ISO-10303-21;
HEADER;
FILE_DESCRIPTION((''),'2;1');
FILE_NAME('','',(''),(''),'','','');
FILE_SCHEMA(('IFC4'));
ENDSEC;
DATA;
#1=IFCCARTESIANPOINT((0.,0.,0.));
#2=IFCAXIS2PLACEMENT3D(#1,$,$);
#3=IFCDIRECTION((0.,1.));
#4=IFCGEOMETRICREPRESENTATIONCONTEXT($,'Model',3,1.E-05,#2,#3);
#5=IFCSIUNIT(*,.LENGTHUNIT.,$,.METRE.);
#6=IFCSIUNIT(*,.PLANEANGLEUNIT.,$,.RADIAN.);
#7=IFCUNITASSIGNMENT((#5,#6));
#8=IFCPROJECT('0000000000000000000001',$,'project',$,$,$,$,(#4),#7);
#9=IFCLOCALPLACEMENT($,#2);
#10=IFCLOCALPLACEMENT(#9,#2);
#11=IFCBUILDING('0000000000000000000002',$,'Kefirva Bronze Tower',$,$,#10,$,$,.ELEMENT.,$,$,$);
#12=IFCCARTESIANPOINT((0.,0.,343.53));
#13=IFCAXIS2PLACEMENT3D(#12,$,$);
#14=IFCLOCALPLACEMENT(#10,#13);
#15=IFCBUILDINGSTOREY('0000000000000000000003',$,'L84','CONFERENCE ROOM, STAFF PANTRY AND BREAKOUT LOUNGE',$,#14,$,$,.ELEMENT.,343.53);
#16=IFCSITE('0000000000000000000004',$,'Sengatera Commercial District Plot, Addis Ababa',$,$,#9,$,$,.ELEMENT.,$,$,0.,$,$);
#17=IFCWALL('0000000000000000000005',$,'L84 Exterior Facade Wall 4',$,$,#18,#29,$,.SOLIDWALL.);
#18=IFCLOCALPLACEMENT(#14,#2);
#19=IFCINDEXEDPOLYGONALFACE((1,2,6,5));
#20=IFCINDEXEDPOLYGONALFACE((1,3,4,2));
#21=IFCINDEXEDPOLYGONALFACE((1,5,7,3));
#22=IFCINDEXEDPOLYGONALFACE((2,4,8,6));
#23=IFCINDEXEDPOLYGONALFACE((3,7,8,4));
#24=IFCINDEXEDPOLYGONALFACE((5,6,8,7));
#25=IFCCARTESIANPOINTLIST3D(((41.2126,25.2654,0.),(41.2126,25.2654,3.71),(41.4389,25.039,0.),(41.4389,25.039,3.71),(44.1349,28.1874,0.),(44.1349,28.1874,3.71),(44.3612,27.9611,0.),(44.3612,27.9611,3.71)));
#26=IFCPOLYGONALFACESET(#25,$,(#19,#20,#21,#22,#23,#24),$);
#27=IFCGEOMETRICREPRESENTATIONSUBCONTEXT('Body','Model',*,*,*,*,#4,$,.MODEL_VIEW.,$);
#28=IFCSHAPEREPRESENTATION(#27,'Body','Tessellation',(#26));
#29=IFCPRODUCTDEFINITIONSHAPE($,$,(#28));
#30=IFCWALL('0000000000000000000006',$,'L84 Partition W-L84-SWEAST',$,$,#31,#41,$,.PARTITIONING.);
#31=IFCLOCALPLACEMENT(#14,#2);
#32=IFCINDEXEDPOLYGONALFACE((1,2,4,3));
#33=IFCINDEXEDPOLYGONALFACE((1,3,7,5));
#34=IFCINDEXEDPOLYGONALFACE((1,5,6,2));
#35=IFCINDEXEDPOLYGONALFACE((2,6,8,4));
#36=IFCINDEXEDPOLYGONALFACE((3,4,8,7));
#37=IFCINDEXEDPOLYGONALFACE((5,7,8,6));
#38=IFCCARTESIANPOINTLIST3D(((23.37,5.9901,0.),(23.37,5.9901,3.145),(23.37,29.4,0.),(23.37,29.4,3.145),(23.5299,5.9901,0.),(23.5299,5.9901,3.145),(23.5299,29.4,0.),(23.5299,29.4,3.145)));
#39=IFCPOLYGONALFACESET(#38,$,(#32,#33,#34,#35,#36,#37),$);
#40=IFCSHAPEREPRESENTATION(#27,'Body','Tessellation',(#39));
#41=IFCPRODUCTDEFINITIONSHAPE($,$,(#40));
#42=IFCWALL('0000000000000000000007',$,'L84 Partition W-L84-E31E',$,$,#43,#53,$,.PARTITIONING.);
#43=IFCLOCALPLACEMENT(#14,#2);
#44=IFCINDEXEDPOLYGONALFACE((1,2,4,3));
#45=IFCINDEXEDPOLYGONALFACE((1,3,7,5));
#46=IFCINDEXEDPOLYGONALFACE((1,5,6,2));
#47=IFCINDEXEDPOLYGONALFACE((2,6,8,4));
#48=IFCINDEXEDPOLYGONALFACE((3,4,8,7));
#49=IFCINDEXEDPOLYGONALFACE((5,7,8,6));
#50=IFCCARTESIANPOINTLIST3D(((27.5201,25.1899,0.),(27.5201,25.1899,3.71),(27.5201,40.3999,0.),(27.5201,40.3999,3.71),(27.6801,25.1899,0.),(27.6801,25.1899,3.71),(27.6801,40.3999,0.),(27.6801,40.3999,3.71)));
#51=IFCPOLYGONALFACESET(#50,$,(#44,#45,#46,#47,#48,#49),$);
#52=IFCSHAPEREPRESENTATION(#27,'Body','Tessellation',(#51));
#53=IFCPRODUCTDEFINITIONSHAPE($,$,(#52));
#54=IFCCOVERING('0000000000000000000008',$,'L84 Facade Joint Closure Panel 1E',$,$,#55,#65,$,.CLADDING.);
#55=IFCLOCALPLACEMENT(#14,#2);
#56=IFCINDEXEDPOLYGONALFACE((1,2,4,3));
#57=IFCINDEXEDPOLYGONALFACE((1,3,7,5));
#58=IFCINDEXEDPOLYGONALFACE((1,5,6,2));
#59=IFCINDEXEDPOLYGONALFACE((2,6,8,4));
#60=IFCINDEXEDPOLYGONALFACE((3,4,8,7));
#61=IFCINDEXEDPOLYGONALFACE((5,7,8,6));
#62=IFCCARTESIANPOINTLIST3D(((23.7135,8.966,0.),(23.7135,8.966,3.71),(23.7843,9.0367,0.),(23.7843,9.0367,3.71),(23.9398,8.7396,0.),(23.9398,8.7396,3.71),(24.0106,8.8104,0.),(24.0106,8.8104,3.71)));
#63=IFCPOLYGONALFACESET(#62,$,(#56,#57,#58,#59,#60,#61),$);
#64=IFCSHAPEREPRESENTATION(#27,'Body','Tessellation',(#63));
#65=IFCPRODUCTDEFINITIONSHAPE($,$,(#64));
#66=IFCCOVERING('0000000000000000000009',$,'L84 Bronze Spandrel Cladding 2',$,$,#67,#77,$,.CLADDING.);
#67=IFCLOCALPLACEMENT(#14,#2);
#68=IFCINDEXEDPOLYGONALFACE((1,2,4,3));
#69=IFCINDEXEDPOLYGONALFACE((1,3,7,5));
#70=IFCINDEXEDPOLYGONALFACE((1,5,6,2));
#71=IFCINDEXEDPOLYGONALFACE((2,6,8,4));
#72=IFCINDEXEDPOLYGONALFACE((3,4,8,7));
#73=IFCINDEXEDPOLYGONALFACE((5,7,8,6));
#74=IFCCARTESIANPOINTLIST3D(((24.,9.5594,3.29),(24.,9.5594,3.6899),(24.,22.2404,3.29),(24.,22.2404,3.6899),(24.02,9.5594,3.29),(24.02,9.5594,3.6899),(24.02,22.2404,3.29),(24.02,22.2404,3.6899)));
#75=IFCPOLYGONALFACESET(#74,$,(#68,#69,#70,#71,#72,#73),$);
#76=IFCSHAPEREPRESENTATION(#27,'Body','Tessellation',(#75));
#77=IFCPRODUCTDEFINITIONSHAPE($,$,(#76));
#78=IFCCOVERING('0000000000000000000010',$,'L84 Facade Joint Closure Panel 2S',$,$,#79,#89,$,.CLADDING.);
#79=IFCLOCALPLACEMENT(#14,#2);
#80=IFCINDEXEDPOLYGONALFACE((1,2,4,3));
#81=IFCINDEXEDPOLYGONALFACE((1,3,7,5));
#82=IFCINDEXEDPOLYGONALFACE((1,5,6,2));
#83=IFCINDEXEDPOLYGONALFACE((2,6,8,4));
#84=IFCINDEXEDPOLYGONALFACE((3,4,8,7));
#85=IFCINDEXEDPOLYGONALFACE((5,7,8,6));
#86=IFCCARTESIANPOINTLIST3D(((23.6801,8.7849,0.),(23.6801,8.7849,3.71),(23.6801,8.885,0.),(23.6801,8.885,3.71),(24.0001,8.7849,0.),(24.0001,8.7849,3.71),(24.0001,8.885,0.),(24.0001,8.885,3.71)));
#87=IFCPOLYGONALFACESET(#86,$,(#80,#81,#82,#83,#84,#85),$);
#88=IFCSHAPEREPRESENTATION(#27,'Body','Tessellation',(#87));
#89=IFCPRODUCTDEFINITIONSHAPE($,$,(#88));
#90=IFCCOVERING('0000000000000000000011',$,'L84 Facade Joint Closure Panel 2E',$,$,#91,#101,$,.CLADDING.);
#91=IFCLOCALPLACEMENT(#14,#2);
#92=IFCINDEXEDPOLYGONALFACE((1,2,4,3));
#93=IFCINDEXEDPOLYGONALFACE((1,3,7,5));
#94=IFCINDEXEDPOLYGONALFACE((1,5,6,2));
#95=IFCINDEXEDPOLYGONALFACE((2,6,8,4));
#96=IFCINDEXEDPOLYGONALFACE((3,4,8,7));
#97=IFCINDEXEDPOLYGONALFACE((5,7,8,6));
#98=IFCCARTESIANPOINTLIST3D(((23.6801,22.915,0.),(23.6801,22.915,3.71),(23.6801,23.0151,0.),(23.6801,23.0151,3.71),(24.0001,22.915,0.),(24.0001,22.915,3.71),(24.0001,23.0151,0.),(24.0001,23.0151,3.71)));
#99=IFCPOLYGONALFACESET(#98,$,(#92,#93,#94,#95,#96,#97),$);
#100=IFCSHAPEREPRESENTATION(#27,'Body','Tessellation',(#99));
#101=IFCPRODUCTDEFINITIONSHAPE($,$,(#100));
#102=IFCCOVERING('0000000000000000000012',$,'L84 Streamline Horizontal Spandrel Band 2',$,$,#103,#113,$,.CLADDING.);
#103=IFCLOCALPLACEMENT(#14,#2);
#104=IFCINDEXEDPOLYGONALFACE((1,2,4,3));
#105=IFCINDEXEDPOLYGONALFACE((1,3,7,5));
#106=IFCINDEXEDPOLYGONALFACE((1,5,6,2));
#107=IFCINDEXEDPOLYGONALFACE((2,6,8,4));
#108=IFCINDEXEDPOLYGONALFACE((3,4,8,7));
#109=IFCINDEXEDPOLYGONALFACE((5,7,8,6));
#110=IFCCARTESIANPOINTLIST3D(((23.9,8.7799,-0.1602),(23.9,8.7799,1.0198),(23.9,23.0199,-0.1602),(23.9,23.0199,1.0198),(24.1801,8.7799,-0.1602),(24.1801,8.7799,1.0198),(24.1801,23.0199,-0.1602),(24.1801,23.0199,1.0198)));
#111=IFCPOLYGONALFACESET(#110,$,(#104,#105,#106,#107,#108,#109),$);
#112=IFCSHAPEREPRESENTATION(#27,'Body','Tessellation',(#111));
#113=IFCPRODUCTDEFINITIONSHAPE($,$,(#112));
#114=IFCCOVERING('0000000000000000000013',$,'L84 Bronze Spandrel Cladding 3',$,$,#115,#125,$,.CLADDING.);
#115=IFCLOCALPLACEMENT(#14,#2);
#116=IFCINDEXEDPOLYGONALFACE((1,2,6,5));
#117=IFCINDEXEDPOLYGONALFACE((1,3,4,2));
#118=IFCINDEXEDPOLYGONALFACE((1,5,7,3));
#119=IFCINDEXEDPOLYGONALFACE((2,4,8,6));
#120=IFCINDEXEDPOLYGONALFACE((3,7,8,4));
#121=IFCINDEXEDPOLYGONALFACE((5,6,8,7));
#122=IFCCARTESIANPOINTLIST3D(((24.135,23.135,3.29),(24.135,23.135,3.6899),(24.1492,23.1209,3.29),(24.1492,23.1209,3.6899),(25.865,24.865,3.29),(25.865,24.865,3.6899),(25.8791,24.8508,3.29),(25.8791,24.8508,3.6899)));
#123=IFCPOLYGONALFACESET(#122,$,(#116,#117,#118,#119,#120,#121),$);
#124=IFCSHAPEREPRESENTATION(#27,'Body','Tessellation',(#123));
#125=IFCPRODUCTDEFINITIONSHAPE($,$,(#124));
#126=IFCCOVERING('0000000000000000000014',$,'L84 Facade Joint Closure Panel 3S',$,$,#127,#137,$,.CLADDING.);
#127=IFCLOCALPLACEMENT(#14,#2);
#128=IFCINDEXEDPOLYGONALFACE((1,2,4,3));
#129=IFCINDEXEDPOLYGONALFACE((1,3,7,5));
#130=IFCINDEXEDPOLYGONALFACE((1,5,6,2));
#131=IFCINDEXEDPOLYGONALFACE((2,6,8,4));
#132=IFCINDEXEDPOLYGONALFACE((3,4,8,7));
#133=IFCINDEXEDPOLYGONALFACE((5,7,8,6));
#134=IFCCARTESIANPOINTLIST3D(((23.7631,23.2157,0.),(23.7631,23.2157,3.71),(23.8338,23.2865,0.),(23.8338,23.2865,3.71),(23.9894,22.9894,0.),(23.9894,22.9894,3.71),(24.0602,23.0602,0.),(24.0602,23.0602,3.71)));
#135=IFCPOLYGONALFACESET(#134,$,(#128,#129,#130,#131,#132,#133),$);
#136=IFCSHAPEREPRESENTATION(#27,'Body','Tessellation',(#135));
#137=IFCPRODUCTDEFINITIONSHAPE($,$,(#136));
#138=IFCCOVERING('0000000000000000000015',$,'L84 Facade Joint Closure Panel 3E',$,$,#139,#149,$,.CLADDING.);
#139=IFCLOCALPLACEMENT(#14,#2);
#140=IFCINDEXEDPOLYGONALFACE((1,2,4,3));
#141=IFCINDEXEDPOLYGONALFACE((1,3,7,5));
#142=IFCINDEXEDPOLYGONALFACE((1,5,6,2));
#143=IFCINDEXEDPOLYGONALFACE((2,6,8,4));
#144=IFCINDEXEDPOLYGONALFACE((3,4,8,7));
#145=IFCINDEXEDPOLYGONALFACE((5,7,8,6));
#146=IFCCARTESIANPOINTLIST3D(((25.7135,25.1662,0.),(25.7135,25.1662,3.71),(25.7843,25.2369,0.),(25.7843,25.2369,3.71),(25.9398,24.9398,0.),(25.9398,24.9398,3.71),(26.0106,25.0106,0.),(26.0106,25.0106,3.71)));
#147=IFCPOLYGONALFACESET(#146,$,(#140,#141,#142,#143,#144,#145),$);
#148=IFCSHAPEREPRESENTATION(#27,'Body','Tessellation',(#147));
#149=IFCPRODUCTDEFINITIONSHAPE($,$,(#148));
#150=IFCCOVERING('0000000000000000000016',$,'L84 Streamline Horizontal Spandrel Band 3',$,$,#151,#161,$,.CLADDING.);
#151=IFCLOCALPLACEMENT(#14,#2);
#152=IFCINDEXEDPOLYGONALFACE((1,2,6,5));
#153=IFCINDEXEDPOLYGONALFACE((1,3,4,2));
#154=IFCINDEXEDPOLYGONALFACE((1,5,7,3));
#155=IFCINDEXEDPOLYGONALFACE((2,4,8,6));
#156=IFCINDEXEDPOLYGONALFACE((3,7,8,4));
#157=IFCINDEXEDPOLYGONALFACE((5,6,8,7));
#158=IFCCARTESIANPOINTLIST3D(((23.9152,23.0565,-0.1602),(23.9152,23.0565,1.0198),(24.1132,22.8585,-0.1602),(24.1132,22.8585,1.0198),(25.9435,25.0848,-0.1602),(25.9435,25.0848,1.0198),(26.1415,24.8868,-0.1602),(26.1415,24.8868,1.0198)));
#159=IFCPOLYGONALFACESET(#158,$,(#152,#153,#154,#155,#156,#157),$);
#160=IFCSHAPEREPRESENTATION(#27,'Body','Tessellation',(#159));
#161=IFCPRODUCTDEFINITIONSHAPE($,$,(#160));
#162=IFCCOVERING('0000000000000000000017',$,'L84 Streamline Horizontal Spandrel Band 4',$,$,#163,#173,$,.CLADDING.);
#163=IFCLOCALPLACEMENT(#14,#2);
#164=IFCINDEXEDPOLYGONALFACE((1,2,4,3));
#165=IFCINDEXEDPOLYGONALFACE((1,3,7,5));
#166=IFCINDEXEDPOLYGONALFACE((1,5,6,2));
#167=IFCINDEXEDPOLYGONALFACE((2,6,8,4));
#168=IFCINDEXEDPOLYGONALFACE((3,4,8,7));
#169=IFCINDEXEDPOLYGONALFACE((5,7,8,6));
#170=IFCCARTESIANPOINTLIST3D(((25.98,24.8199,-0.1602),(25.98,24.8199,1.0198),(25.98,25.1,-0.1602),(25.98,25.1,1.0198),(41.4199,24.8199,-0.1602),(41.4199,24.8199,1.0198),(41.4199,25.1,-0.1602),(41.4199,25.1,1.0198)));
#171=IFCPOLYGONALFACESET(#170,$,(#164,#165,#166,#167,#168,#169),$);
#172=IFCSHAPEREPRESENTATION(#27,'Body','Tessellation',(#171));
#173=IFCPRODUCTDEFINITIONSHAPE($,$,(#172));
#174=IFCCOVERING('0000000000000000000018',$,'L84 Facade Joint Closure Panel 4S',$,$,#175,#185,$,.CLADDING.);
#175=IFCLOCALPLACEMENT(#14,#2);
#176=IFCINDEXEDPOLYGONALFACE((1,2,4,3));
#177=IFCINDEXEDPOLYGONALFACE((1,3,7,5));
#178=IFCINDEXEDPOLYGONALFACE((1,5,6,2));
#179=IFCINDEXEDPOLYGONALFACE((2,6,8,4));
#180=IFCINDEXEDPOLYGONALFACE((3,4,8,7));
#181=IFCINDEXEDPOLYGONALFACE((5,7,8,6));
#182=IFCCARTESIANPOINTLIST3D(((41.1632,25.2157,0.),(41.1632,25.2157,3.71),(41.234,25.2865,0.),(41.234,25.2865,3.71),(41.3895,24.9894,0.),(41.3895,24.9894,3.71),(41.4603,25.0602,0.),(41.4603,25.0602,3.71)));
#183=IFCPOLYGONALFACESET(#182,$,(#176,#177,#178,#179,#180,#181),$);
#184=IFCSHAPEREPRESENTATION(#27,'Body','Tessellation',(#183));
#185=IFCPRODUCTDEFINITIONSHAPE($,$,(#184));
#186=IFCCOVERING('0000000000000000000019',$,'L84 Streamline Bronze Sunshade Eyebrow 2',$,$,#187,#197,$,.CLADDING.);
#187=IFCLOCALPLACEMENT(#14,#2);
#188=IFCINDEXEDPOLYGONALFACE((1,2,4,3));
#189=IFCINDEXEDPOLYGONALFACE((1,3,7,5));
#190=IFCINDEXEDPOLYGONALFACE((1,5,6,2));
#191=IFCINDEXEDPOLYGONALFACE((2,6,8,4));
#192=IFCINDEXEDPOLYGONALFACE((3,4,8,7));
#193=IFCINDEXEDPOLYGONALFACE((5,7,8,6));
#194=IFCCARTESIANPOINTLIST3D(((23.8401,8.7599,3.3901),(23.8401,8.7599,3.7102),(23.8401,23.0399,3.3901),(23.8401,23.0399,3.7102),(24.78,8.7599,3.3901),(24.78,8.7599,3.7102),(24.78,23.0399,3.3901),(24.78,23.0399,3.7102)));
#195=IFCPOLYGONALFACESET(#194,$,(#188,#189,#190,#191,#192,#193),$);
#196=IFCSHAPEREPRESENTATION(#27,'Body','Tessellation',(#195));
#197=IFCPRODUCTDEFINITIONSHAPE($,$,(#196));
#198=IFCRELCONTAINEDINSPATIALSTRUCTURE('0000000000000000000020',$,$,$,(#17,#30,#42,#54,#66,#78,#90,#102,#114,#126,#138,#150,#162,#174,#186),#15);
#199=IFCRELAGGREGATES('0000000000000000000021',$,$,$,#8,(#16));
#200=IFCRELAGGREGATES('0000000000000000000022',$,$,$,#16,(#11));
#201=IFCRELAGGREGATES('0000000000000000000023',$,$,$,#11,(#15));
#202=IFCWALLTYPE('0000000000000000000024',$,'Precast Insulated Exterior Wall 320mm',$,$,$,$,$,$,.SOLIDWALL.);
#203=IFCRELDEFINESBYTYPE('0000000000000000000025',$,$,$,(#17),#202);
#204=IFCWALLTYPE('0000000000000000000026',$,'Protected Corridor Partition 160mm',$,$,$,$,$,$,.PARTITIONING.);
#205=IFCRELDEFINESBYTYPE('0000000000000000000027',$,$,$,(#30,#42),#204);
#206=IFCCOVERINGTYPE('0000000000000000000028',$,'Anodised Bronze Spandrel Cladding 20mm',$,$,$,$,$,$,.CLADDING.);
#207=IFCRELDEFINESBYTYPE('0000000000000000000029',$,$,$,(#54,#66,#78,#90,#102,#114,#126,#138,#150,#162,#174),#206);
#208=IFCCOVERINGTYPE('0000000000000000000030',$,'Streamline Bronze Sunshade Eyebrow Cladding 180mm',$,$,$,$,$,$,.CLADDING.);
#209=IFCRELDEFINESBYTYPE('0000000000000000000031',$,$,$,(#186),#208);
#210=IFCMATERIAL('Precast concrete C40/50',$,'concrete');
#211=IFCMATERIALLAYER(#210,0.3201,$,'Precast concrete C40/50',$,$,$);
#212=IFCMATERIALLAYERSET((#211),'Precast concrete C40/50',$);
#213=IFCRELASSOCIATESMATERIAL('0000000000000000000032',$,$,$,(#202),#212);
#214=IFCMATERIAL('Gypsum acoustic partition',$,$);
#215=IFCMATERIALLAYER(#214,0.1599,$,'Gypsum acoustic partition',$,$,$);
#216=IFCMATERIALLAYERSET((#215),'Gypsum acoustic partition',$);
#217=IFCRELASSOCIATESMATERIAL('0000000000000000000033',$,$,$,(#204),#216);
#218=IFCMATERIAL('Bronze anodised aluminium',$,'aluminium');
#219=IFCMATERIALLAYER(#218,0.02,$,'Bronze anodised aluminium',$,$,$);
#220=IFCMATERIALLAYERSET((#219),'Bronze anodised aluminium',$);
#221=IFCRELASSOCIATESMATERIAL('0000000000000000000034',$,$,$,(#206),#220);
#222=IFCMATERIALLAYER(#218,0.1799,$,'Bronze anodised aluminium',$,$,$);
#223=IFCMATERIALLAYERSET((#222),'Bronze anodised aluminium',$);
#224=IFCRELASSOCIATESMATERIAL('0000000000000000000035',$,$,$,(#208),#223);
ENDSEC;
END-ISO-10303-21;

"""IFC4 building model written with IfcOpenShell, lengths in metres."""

from ifc_helpers import new_model, si_unit, direction, frame, frame_2d, origin, origin_2d, place, context, subcontext, project, spatial, rectangle, extrude, material, layer, layer_set, type_object, element, save


model = new_model("IFC4")

# Units and contexts
model_context = context("Model", 3, precision=1e-05, world=origin(), true_north=direction((0.0, 1.0)))
body_context = subcontext(model_context, "Body", "Model", "MODEL_VIEW")
ifc_project = project(units=[si_unit("LENGTHUNIT", "METRE"), si_unit("PLANEANGLEUNIT", "RADIAN")], contexts=[model_context])

# Site, building, storey
site_placement = place(None, origin())
site = spatial("IfcSite", under=ifc_project, at=site_placement, Name="Sengatera Commercial District Plot, Addis Ababa", CompositionType="ELEMENT", RefElevation=0.0)
building_placement = place(site_placement, origin())
building = spatial("IfcBuilding", under=site, at=building_placement, Name="Kefirva Bronze Tower", CompositionType="ELEMENT")
storey_placement = place(building_placement, frame((0.0, 0.0, 343.53)))
storey = spatial("IfcBuildingStorey", under=building, at=storey_placement, Name="L84", Description="CONFERENCE ROOM, STAFF PANTRY AND BREAKOUT LOUNGE", CompositionType="ELEMENT", Elevation=343.53)

# Shared definitions
ifc_material_1 = material(Name="Bronze anodised aluminium", Category="aluminium")

# Walls
ifc_material_2 = material(Name="Precast concrete C40/50", Category="concrete")
ifc_layer_1 = layer(ifc_material_2, 0.3201, Name="Precast concrete C40/50")
ifc_layer_set_1 = layer_set([ifc_layer_1], Name="Precast concrete C40/50")
wall_type_1 = type_object("IfcWallType", Name="Precast Insulated Exterior Wall 320mm", PredefinedType="SOLIDWALL", material=ifc_layer_set_1)
wall_1_placement = place(storey_placement, frame((41.3257, 25.1521, 0.0), z_axis=(0.0, 0.0, 1.0), x_axis=(0.707136, 0.707077, 0.0)))
element("IfcWall", 1, at=wall_1_placement, inside=storey, type_object=wall_type_1, Name="L84 Exterior Facade Wall 4", PredefinedType="SOLIDWALL", context=body_context, shape_type="SweptSolid", body=[
    extrude(rectangle(XDim=4.1326, YDim=0.3201, at=frame_2d((2.0664, 0.0))), origin(), (0.0, 0.0, 1.0), 3.71),
])
ifc_material_3 = material(Name="Gypsum acoustic partition")
ifc_layer_2 = layer(ifc_material_3, 0.1599, Name="Gypsum acoustic partition")
ifc_layer_set_2 = layer_set([ifc_layer_2], Name="Gypsum acoustic partition")
wall_type_2 = type_object("IfcWallType", Name="Protected Corridor Partition 160mm", PredefinedType="PARTITIONING", material=ifc_layer_set_2)
wall_2_placement = place(storey_placement, frame((23.45, 5.99, 0.0), z_axis=(0.0, 0.0, 1.0), x_axis=(0.0, 1.0, 0.0)))
element("IfcWall", 2, at=wall_2_placement, inside=storey, type_object=wall_type_2, Name="L84 Partition W-L84-SWEAST", PredefinedType="PARTITIONING", context=body_context, shape_type="SweptSolid", body=[
    extrude(rectangle(XDim=23.4099, YDim=0.1599, at=frame_2d((11.7051, 0.0))), origin(), (0.0, 0.0, 1.0), 3.145),
])
wall_3_placement = place(storey_placement, frame((27.6001, 25.1899, 0.0), z_axis=(0.0, 0.0, 1.0), x_axis=(0.0, 1.0, 0.0)))
element("IfcWall", 3, at=wall_3_placement, inside=storey, type_object=wall_type_2, Name="L84 Partition W-L84-E31E", PredefinedType="PARTITIONING", context=body_context, shape_type="SweptSolid", body=[
    extrude(rectangle(XDim=15.21, YDim=0.1599, at=frame_2d((7.605, 0.0))), origin(), (0.0, 0.0, 1.0), 3.71),
])

# Coverings
ifc_layer_3 = layer(ifc_material_1, 0.02, Name="Bronze anodised aluminium")
ifc_layer_set_3 = layer_set([ifc_layer_3], Name="Bronze anodised aluminium")
covering_type_1 = type_object("IfcCoveringType", Name="Anodised Bronze Spandrel Cladding 20mm", PredefinedType="CLADDING", material=ifc_layer_set_3)
covering_1_placement = place(storey_placement, frame((23.8621, 8.8882, 0.0), z_axis=(0.0, 0.0, 1.0), x_axis=(0.707107, 0.707107, 0.0)))
element("IfcCovering", 4, at=covering_1_placement, inside=storey, type_object=covering_type_1, Name="L84 Facade Joint Closure Panel 1E", PredefinedType="CLADDING", context=body_context, shape_type="SweptSolid", body=[
    extrude(rectangle(XDim=0.1001, YDim=0.3201, at=origin_2d()), origin(), (0.0, 0.0, 1.0), 3.71),
])
covering_2_placement = place(storey_placement, frame((24.01, 15.8999, 3.29), z_axis=(0.0, 0.0, 1.0), x_axis=(0.0, 1.0, 0.0)))
element("IfcCovering", 5, at=covering_2_placement, inside=storey, type_object=covering_type_1, Name="L84 Bronze Spandrel Cladding 2", PredefinedType="CLADDING", context=body_context, shape_type="SweptSolid", body=[
    extrude(rectangle(XDim=12.6809, YDim=0.02, at=origin_2d()), origin(), (0.0, 0.0, 1.0), 0.3999),
])
for number, where, z_axis, x_axis, name in (
    (6, (23.8401, 8.835, 0.0), (0.0, 0.0, 1.0), (0.0, 1.0, 0.0), "L84 Facade Joint Closure Panel 2S"),
    (7, (23.8401, 22.9651, 0.0), (0.0, 0.0, 1.0), (0.0, 1.0, 0.0), "L84 Facade Joint Closure Panel 2E"),
):
    element("IfcCovering", number, at=place(storey_placement, frame(where, z_axis=z_axis, x_axis=x_axis)), inside=storey, type_object=covering_type_1, Name=name, PredefinedType="CLADDING", context=body_context, shape_type="SweptSolid", body=[
        extrude(rectangle(XDim=0.1001, YDim=0.3201, at=origin_2d()), origin(), (0.0, 0.0, 1.0), 3.71),
    ])
covering_3_placement = place(storey_placement, frame((24.04, 15.8999, -0.1602), z_axis=(0.0, 0.0, 1.0), x_axis=(0.0, 1.0, 0.0)))
element("IfcCovering", 8, at=covering_3_placement, inside=storey, type_object=covering_type_1, Name="L84 Streamline Horizontal Spandrel Band 2", PredefinedType="CLADDING", context=body_context, shape_type="SweptSolid", body=[
    extrude(rectangle(XDim=14.24, YDim=0.28, at=origin_2d()), origin(), (0.0, 0.0, 1.0), 1.1799),
])
covering_4_placement = place(storey_placement, frame((25.0071, 23.9929, 3.29), z_axis=(0.0, 0.0, 1.0), x_axis=(0.707107, 0.707107, 0.0)))
element("IfcCovering", 9, at=covering_4_placement, inside=storey, type_object=covering_type_1, Name="L84 Bronze Spandrel Cladding 3", PredefinedType="CLADDING", context=body_context, shape_type="SweptSolid", body=[
    extrude(rectangle(XDim=2.4465, YDim=0.02, at=origin_2d()), origin(), (0.0, 0.0, 1.0), 0.3999),
])
for number, where, z_axis, x_axis, name in (
    (10, (23.9116, 23.1379, 0.0), (0.0, 0.0, 1.0), (0.707107, 0.707107, 0.0), "L84 Facade Joint Closure Panel 3S"),
    (11, (25.8621, 25.0884, 0.0), (0.0, 0.0, 1.0), (0.707107, 0.707107, 0.0), "L84 Facade Joint Closure Panel 3E"),
):
    element("IfcCovering", number, at=place(storey_placement, frame(where, z_axis=z_axis, x_axis=x_axis)), inside=storey, type_object=covering_type_1, Name=name, PredefinedType="CLADDING", context=body_context, shape_type="SweptSolid", body=[
        extrude(rectangle(XDim=0.1001, YDim=0.3201, at=origin_2d()), origin(), (0.0, 0.0, 1.0), 3.71),
    ])
covering_5_placement = place(storey_placement, frame((25.0283, 23.9717, -0.1602), z_axis=(0.0, 0.0, 1.0), x_axis=(0.707107, 0.707107, 0.0)))
element("IfcCovering", 12, at=covering_5_placement, inside=storey, type_object=covering_type_1, Name="L84 Streamline Horizontal Spandrel Band 3", PredefinedType="CLADDING", context=body_context, shape_type="SweptSolid", body=[
    extrude(rectangle(XDim=2.8684, YDim=0.28, at=origin_2d()), origin(), (0.0, 0.0, 1.0), 1.1799),
])
covering_6_placement = place(storey_placement, frame((33.7, 24.96, -0.1602), z_axis=(0.0, 0.0, 1.0), x_axis=(1.0, 0.0, 0.0)))
element("IfcCovering", 13, at=covering_6_placement, inside=storey, type_object=covering_type_1, Name="L84 Streamline Horizontal Spandrel Band 4", PredefinedType="CLADDING", context=body_context, shape_type="SweptSolid", body=[
    extrude(rectangle(XDim=15.4399, YDim=0.28, at=origin_2d()), origin(), (0.0, 0.0, 1.0), 1.1799),
])
covering_7_placement = place(storey_placement, frame((41.3118, 25.1379, 0.0), z_axis=(0.0, 0.0, 1.0), x_axis=(0.707107, 0.707107, 0.0)))
element("IfcCovering", 14, at=covering_7_placement, inside=storey, type_object=covering_type_1, Name="L84 Facade Joint Closure Panel 4S", PredefinedType="CLADDING", context=body_context, shape_type="SweptSolid", body=[
    extrude(rectangle(XDim=0.1001, YDim=0.3201, at=origin_2d()), origin(), (0.0, 0.0, 1.0), 3.71),
])
ifc_layer_4 = layer(ifc_material_1, 0.1799, Name="Bronze anodised aluminium")
ifc_layer_set_4 = layer_set([ifc_layer_4], Name="Bronze anodised aluminium")
covering_type_2 = type_object("IfcCoveringType", Name="Streamline Bronze Sunshade Eyebrow Cladding 180mm", PredefinedType="CLADDING", material=ifc_layer_set_4)
covering_8_placement = place(storey_placement, frame((24.3101, 15.8999, 3.3901), z_axis=(0.0, 0.0, 1.0), x_axis=(0.0, 1.0, 0.0)))
element("IfcCovering", 15, at=covering_8_placement, inside=storey, type_object=covering_type_2, Name="L84 Streamline Bronze Sunshade Eyebrow 2", PredefinedType="CLADDING", context=body_context, shape_type="SweptSolid", body=[
    extrude(rectangle(XDim=14.28, YDim=0.9399, at=origin_2d()), origin(), (0.0, 0.0, 1.0), 0.3201),
])

save(model, "model.ifc")
